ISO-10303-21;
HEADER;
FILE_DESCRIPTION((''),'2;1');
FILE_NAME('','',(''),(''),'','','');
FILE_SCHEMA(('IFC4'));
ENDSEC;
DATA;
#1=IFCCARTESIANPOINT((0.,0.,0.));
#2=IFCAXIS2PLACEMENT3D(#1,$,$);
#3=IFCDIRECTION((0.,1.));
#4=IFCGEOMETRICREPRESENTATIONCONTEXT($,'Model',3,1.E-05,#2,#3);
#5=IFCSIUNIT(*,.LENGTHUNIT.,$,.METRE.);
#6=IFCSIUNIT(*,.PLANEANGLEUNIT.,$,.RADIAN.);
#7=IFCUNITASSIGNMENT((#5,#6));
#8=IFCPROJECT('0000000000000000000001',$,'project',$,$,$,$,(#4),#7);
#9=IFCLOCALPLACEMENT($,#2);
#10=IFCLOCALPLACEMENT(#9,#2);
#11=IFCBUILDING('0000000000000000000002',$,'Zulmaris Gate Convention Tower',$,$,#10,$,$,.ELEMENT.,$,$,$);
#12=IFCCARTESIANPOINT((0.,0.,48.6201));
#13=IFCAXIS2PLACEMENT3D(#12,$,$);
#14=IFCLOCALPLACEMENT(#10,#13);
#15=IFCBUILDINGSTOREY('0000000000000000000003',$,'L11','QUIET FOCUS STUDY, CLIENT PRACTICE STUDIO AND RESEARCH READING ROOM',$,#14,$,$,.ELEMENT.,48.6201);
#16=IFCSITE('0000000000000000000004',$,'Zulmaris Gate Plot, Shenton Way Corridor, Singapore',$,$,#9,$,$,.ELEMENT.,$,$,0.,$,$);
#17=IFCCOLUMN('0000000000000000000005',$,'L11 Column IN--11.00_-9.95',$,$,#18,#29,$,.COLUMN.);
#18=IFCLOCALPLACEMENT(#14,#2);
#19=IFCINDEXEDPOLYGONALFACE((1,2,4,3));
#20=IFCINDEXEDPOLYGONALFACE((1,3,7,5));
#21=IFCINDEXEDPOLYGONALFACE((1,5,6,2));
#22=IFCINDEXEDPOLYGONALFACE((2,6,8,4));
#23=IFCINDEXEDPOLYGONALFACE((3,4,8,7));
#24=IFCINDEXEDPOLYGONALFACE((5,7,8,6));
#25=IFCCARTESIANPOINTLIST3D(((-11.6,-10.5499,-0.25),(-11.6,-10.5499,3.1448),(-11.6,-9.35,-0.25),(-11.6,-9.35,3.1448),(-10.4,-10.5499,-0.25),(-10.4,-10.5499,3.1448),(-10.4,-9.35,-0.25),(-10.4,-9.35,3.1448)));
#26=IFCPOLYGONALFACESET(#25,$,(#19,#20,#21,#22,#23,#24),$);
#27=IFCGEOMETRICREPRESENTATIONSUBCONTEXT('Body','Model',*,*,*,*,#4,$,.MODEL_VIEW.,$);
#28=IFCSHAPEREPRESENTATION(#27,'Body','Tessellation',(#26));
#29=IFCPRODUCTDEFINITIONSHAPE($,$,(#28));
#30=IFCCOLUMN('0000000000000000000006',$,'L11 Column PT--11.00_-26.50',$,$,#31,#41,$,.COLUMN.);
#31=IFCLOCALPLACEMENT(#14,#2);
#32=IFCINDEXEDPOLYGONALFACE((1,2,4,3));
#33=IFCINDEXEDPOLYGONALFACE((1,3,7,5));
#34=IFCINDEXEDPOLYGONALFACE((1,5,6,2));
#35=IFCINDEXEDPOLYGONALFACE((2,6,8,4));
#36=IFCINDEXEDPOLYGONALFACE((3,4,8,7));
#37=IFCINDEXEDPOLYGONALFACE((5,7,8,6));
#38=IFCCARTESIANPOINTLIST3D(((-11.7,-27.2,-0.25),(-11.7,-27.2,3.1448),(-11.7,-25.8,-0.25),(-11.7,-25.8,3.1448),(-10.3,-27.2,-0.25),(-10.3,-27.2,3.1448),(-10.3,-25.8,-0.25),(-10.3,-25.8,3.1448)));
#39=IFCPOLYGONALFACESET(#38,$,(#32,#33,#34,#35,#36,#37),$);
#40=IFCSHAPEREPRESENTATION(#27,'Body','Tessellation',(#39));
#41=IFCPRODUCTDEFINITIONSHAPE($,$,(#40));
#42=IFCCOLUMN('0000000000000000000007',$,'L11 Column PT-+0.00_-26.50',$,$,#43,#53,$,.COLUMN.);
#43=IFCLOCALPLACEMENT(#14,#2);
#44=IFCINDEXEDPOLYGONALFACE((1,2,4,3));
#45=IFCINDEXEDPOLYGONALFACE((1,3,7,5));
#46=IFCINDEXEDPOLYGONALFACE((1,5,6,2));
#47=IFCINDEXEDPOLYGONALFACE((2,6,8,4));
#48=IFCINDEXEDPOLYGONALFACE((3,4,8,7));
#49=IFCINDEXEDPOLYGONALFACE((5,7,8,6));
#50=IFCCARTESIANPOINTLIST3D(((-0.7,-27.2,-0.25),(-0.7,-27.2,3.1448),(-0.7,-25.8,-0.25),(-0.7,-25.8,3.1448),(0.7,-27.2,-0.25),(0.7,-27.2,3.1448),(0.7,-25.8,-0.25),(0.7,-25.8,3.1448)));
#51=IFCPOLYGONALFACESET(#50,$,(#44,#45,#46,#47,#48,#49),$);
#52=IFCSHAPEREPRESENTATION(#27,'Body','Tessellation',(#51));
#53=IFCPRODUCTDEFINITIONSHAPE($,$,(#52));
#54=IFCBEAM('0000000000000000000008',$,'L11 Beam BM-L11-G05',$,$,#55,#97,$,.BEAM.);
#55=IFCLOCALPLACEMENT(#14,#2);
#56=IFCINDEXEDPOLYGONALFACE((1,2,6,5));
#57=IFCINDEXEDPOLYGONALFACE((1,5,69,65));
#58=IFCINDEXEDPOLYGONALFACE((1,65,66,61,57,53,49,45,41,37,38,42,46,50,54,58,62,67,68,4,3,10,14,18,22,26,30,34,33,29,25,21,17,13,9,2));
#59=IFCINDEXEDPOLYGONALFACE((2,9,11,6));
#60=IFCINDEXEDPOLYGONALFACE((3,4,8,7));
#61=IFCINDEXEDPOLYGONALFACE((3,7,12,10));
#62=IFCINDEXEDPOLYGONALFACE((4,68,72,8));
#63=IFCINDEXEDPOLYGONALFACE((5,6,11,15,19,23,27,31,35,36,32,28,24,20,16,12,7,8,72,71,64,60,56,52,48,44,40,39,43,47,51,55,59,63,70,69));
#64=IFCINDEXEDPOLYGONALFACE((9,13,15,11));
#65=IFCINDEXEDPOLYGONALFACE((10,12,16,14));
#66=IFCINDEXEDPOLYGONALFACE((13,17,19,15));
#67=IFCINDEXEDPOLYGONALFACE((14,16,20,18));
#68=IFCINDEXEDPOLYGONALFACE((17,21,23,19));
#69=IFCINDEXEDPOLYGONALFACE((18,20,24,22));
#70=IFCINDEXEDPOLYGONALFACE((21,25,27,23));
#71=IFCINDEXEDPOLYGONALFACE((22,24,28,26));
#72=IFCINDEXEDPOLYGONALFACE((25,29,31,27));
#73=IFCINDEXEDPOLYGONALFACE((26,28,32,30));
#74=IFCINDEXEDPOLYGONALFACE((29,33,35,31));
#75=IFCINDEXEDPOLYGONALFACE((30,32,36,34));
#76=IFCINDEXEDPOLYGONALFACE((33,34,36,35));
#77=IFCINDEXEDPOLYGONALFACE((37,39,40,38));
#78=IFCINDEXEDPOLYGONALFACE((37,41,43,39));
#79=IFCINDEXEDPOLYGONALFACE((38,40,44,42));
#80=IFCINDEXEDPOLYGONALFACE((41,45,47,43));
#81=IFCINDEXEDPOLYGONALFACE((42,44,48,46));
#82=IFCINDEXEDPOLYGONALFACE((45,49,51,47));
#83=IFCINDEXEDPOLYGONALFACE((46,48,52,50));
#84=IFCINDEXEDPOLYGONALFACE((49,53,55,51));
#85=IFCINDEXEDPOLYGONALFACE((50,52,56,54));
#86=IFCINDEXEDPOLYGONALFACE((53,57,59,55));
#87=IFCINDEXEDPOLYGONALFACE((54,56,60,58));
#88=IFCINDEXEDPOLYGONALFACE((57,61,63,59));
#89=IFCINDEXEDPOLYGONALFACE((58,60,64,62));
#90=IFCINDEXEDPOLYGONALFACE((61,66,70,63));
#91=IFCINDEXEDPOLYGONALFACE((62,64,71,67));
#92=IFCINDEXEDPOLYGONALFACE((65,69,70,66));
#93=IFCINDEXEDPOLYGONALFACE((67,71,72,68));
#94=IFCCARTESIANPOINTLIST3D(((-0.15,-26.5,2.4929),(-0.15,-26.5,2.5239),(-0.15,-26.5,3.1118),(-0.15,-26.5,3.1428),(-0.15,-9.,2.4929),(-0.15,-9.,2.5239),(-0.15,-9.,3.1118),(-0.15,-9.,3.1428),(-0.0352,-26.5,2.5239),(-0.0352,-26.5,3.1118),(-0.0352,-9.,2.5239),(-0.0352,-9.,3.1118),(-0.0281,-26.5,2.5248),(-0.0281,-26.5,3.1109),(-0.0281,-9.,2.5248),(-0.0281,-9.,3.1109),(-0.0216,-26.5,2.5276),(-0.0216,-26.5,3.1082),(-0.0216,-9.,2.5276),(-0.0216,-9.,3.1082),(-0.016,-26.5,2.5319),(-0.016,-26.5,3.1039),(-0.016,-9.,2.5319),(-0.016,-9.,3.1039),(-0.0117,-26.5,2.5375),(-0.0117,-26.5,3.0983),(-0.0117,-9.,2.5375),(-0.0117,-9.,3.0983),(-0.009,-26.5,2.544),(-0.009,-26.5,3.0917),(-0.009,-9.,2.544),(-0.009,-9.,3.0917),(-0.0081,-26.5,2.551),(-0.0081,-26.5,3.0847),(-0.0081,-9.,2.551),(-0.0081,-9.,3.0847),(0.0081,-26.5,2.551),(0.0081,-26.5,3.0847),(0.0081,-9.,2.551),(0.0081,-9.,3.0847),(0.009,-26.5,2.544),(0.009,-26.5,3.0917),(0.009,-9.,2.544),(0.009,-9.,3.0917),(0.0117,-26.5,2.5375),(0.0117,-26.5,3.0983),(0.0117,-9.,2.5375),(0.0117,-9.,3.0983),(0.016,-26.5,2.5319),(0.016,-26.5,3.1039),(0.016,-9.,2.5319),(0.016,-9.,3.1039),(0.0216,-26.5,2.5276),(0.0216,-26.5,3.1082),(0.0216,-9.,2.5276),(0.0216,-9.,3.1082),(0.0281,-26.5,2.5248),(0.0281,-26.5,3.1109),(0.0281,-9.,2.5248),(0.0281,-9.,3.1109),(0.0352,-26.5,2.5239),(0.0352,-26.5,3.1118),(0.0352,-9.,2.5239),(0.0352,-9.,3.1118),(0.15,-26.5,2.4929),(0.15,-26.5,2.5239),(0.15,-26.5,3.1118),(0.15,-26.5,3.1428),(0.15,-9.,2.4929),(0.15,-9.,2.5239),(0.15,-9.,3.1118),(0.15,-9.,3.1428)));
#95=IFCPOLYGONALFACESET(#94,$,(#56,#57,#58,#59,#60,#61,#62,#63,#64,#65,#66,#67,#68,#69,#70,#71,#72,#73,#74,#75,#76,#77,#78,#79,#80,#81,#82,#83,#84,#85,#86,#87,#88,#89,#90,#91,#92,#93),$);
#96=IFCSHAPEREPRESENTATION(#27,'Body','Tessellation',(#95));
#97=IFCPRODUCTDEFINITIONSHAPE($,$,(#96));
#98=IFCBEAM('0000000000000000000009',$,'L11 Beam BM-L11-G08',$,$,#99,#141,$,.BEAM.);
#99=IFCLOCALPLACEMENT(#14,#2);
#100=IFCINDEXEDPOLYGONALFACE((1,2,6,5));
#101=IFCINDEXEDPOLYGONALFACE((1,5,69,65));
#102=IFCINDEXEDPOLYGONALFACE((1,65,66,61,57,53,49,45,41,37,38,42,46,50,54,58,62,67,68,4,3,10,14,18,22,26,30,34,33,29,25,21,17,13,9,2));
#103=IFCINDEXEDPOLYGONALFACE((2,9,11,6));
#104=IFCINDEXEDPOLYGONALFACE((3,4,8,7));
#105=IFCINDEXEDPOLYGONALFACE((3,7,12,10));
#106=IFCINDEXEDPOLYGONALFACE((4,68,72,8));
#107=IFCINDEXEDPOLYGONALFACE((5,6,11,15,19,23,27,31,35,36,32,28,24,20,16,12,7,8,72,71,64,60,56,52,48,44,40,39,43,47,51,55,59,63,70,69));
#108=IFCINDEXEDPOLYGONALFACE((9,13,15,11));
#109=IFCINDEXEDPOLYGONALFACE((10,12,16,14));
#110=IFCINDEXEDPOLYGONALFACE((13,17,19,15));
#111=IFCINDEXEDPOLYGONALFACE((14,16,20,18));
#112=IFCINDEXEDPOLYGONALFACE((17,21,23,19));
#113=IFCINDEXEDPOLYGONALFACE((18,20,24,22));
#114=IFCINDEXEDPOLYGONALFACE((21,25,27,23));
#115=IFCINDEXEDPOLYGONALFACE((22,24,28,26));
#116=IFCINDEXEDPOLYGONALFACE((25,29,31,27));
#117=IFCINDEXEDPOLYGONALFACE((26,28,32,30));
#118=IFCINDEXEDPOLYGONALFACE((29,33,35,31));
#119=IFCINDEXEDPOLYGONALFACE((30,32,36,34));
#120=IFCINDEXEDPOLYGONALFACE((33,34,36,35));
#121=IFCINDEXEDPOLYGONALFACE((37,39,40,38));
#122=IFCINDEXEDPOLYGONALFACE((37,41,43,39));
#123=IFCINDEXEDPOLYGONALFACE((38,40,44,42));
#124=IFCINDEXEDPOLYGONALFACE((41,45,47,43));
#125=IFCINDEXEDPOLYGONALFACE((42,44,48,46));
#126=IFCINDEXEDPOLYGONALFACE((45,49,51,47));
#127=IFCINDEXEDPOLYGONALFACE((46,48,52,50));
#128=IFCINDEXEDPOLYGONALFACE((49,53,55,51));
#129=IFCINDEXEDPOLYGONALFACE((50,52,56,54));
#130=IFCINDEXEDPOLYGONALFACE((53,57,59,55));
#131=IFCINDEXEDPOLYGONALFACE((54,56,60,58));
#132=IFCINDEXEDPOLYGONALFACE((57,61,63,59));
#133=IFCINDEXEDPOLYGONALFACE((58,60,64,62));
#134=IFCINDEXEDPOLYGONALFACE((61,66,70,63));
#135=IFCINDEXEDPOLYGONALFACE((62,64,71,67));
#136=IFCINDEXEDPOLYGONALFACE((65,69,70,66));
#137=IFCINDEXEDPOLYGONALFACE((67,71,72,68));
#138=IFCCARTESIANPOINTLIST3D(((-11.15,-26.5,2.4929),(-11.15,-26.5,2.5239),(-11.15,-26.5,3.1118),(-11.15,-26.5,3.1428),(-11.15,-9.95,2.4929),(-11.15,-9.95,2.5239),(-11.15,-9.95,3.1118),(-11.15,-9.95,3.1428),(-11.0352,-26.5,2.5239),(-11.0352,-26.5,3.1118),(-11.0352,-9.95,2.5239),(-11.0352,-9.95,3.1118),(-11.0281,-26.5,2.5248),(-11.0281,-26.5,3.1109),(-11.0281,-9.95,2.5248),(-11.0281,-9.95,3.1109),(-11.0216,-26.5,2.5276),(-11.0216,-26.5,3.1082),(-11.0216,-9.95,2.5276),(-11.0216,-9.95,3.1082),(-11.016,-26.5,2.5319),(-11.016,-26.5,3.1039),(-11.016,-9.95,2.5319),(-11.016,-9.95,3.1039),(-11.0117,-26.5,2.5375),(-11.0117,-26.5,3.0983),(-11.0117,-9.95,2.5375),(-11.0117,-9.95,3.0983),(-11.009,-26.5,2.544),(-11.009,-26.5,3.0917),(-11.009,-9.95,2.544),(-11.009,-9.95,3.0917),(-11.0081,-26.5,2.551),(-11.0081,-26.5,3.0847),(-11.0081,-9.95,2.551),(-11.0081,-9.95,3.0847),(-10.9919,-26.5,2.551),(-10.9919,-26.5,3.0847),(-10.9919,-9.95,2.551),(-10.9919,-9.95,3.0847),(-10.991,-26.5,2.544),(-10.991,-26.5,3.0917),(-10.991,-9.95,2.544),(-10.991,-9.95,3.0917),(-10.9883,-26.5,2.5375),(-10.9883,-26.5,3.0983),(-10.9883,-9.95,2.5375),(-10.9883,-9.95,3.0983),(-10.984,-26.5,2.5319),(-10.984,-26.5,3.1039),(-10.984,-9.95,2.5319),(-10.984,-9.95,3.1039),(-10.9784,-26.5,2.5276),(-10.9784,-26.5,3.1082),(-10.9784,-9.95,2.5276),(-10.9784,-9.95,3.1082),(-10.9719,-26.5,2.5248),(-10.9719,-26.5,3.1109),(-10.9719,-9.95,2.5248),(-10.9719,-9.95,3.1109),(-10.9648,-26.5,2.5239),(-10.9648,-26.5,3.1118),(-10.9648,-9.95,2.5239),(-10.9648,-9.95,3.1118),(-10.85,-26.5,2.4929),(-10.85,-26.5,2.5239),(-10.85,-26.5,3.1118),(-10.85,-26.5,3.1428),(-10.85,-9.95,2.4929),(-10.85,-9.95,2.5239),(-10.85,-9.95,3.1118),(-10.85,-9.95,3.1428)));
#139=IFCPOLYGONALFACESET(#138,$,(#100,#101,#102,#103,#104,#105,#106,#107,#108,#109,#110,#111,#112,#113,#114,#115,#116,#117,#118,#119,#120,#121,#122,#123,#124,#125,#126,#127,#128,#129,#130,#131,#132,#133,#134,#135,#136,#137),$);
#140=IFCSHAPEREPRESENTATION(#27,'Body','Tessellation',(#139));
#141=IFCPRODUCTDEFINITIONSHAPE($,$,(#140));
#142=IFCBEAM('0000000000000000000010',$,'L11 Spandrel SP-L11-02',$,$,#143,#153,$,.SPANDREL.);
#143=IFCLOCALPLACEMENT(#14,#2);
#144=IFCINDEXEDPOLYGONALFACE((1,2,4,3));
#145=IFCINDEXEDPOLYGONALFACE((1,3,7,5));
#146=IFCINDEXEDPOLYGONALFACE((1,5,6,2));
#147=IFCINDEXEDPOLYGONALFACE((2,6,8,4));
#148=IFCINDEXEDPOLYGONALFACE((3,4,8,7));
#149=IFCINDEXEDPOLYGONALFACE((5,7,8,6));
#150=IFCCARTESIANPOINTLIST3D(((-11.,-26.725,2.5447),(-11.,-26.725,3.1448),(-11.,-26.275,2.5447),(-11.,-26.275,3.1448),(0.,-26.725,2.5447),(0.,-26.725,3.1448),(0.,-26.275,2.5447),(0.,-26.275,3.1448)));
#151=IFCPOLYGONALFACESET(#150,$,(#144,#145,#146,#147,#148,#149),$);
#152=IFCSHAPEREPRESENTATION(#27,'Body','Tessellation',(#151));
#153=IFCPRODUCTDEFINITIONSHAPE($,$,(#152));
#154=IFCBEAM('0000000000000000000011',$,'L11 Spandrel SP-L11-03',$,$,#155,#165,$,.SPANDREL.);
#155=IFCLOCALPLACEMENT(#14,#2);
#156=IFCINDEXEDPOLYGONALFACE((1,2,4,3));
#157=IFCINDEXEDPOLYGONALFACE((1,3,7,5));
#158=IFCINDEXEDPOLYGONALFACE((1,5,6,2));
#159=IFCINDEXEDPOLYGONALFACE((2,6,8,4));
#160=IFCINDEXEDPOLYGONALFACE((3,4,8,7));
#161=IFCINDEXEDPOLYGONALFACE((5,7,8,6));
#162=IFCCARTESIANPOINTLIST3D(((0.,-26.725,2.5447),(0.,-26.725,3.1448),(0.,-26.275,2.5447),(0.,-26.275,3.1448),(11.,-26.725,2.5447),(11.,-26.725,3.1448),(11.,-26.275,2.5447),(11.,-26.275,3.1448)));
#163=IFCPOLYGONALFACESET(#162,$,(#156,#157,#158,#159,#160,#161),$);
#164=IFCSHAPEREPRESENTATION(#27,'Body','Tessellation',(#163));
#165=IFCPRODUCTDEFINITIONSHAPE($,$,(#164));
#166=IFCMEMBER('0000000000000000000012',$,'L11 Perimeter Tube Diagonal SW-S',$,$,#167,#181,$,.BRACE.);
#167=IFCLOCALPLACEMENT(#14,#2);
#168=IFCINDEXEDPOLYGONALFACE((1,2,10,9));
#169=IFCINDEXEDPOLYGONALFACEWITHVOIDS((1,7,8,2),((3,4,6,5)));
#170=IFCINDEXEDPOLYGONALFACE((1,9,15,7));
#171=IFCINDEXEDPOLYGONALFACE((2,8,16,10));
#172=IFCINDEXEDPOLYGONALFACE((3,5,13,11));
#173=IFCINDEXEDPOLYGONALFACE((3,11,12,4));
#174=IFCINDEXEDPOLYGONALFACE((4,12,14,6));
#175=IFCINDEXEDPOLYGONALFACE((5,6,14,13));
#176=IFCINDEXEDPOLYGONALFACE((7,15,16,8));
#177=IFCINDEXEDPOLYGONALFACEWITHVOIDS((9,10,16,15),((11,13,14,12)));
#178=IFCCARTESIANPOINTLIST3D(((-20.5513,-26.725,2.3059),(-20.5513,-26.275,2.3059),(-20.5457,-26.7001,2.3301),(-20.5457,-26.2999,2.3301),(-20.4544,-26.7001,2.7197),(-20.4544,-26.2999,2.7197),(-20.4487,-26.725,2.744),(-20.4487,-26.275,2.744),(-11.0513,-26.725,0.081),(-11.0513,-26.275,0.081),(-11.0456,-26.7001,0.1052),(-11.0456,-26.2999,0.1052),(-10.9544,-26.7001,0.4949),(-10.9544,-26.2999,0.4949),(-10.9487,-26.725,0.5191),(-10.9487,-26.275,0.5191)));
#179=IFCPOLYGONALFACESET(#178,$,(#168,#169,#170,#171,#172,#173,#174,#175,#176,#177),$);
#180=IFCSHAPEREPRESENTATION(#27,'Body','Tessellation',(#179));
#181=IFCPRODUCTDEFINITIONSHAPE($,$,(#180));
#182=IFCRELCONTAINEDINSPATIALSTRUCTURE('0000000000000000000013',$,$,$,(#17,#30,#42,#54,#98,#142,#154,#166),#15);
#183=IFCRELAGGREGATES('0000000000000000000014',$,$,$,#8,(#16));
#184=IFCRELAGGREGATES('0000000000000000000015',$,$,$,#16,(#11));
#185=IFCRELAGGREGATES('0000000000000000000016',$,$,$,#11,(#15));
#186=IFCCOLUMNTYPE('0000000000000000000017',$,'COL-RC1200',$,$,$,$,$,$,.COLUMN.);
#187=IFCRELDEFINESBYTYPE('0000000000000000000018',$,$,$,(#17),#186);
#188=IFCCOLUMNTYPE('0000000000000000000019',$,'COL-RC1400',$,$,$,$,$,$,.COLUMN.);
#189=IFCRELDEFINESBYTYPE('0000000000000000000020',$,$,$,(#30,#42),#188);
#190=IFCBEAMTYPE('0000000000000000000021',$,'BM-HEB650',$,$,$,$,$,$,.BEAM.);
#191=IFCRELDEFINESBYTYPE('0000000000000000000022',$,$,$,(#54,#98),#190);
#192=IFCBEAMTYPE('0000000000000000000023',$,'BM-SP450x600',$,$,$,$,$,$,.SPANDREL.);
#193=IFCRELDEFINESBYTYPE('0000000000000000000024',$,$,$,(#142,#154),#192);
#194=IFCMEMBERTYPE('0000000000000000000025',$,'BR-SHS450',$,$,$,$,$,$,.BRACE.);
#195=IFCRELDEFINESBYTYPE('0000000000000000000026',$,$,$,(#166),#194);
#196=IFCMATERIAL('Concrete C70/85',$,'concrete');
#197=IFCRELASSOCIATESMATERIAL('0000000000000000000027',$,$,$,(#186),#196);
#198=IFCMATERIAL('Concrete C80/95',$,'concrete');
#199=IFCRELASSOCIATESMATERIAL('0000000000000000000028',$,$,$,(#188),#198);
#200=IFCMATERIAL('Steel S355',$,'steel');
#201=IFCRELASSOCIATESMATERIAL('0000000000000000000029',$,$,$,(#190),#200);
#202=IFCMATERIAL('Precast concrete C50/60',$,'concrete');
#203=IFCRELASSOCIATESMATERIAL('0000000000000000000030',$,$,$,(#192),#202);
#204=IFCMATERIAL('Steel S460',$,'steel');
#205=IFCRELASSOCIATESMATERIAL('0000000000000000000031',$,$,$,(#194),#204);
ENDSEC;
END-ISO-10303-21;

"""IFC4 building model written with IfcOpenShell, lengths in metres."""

from ifc_helpers import new_model, si_unit, direction, frame, origin, origin_2d, place, context, subcontext, project, spatial, rectangle, hollow_rectangle, i_section, extrude, material, material_profile, profile_set, type_object, element, save


model = new_model("IFC4")

# Units and contexts
model_context = context("Model", 3, precision=1e-05, world=origin(), true_north=direction((0.0, 1.0)))
body_context = subcontext(model_context, "Body", "Model", "MODEL_VIEW")
ifc_project = project(units=[si_unit("LENGTHUNIT", "METRE"), si_unit("PLANEANGLEUNIT", "RADIAN")], contexts=[model_context])

# Site, building, storey
site_placement = place(None, origin())
site = spatial("IfcSite", under=ifc_project, at=site_placement, Name="Zulmaris Gate Plot, Shenton Way Corridor, Singapore", CompositionType="ELEMENT", RefElevation=0.0)
building_placement = place(site_placement, origin())
building = spatial("IfcBuilding", under=site, at=building_placement, Name="Zulmaris Gate Convention Tower", CompositionType="ELEMENT")
storey_placement = place(building_placement, frame((0.0, 0.0, 48.6201)))
storey = spatial("IfcBuildingStorey", under=building, at=storey_placement, Name="L11", Description="QUIET FOCUS STUDY, CLIENT PRACTICE STUDIO AND RESEARCH READING ROOM", CompositionType="ELEMENT", Elevation=48.6201)

# Columns
ifc_material_1 = material(Name="Concrete C70/85", Category="concrete")
ifc_material_profile_1 = material_profile(ifc_material_1, rectangle(XDim=1.2, YDim=1.2, at=origin_2d()), Name="RC COL 1200x1200")
ifc_profile_set_1 = profile_set([ifc_material_profile_1], Name="Concrete C70/85")
column_type_1 = type_object("IfcColumnType", Name="COL-RC1200", PredefinedType="COLUMN", material=ifc_profile_set_1)
column_placement = place(storey_placement, frame((-11.0, -9.95, -0.25), z_axis=(0.0, 0.0, 1.0), x_axis=(1.0, 0.0, 0.0)))
element("IfcColumn", 1, at=column_placement, inside=storey, type_object=column_type_1, Name="L11 Column IN--11.00_-9.95", PredefinedType="COLUMN", context=body_context, shape_type="SweptSolid", body=[
    extrude(rectangle(XDim=1.2, YDim=1.2, at=origin_2d()), origin(), (0.0, 0.0, 1.0), 3.3948),
])
ifc_material_2 = material(Name="Concrete C80/95", Category="concrete")
ifc_material_profile_2 = material_profile(ifc_material_2, rectangle(XDim=1.3999, YDim=1.3999, at=origin_2d()), Name="RC COL 1400x1400")
ifc_profile_set_2 = profile_set([ifc_material_profile_2], Name="Concrete C80/95")
column_type_2 = type_object("IfcColumnType", Name="COL-RC1400", PredefinedType="COLUMN", material=ifc_profile_set_2)
for number, where, z_axis, x_axis, name in (
    (2, (-11.0, -26.5, -0.25), (0.0, 0.0, 1.0), (1.0, 0.0, 0.0), "L11 Column PT--11.00_-26.50"),
    (3, (0.0, -26.5, -0.25), (0.0, 0.0, 1.0), (1.0, 0.0, 0.0), "L11 Column PT-+0.00_-26.50"),
):
    element("IfcColumn", number, at=place(storey_placement, frame(where, z_axis=z_axis, x_axis=x_axis)), inside=storey, type_object=column_type_2, Name=name, PredefinedType="COLUMN", context=body_context, shape_type="SweptSolid", body=[
        extrude(rectangle(XDim=1.3999, YDim=1.3999, at=origin_2d()), origin(), (0.0, 0.0, 1.0), 3.3948),
    ])

# Beams
ifc_material_3 = material(Name="Steel S355", Category="steel")
ifc_material_profile_3 = material_profile(ifc_material_3, i_section(OverallWidth=0.3, OverallDepth=0.6499, WebThickness=0.0161, FlangeThickness=0.031, FilletRadius=0.0271, at=origin_2d()), Name="HEB 650")
ifc_profile_set_3 = profile_set([ifc_material_profile_3], Name="Steel S355")
beam_type_1 = type_object("IfcBeamType", Name="BM-HEB650", PredefinedType="BEAM", material=ifc_profile_set_3)
beam_1_placement = place(storey_placement, frame((0.0, -26.5, 2.8179), z_axis=(0.0, 1.0, 0.0), x_axis=(-1.0, 0.0, 0.0)))
element("IfcBeam", 4, at=beam_1_placement, inside=storey, type_object=beam_type_1, Name="L11 Beam BM-L11-G05", PredefinedType="BEAM", context=body_context, shape_type="SweptSolid", body=[
    extrude(i_section(OverallWidth=0.3, OverallDepth=0.6499, WebThickness=0.0161, FlangeThickness=0.031, FilletRadius=0.0271, at=origin_2d()), origin(), (0.0, 0.0, 1.0), 17.5),
])
beam_2_placement = place(storey_placement, frame((-11.0, -26.5, 2.8179), z_axis=(0.0, 1.0, 0.0), x_axis=(-1.0, 0.0, 0.0)))
element("IfcBeam", 5, at=beam_2_placement, inside=storey, type_object=beam_type_1, Name="L11 Beam BM-L11-G08", PredefinedType="BEAM", context=body_context, shape_type="SweptSolid", body=[
    extrude(i_section(OverallWidth=0.3, OverallDepth=0.6499, WebThickness=0.0161, FlangeThickness=0.031, FilletRadius=0.0271, at=origin_2d()), origin(), (0.0, 0.0, 1.0), 16.55),
])
ifc_material_4 = material(Name="Precast concrete C50/60", Category="concrete")
ifc_material_profile_4 = material_profile(ifc_material_4, rectangle(XDim=0.45, YDim=0.6001, at=origin_2d()), Name="RC SPANDREL 450x600")
ifc_profile_set_4 = profile_set([ifc_material_profile_4], Name="Precast concrete C50/60")
beam_type_2 = type_object("IfcBeamType", Name="BM-SP450x600", PredefinedType="SPANDREL", material=ifc_profile_set_4)
for number, where, z_axis, x_axis, name in (
    (6, (-11.0, -26.5, 2.8447), (1.0, 0.0, 0.0), (0.0, 1.0, 0.0), "L11 Spandrel SP-L11-02"),
    (7, (0.0, -26.5, 2.8447), (1.0, 0.0, 0.0), (0.0, 1.0, 0.0), "L11 Spandrel SP-L11-03"),
):
    element("IfcBeam", number, at=place(storey_placement, frame(where, z_axis=z_axis, x_axis=x_axis)), inside=storey, type_object=beam_type_2, Name=name, PredefinedType="SPANDREL", context=body_context, shape_type="SweptSolid", body=[
        extrude(rectangle(XDim=0.45, YDim=0.6001, at=origin_2d()), origin(), (0.0, 0.0, 1.0), 11.0),
    ])

# Member
ifc_material_5 = material(Name="Steel S460", Category="steel")
ifc_material_profile_5 = material_profile(ifc_material_5, hollow_rectangle(XDim=0.45, YDim=0.45, WallThickness=0.0249, at=origin_2d()), Name="SHS 450x450x25")
ifc_profile_set_5 = profile_set([ifc_material_profile_5], Name="Steel S460")
member_type = type_object("IfcMemberType", Name="BR-SHS450", PredefinedType="BRACE", material=ifc_profile_set_5)
member_placement = place(storey_placement, frame((-11.0, -26.5, 0.3), z_axis=(-0.973655, 0.0, 0.228025), x_axis=(0.0, -1.0, 0.0)))
element("IfcMember", 8, at=member_placement, inside=storey, type_object=member_type, Name="L11 Perimeter Tube Diagonal SW-S", PredefinedType="BRACE", context=body_context, shape_type="SweptSolid", body=[
    extrude(hollow_rectangle(XDim=0.45, YDim=0.45, WallThickness=0.0249, at=origin_2d()), origin(), (0.0, 0.0, 1.0), 9.7571),
])

save(model, "model.ifc")
